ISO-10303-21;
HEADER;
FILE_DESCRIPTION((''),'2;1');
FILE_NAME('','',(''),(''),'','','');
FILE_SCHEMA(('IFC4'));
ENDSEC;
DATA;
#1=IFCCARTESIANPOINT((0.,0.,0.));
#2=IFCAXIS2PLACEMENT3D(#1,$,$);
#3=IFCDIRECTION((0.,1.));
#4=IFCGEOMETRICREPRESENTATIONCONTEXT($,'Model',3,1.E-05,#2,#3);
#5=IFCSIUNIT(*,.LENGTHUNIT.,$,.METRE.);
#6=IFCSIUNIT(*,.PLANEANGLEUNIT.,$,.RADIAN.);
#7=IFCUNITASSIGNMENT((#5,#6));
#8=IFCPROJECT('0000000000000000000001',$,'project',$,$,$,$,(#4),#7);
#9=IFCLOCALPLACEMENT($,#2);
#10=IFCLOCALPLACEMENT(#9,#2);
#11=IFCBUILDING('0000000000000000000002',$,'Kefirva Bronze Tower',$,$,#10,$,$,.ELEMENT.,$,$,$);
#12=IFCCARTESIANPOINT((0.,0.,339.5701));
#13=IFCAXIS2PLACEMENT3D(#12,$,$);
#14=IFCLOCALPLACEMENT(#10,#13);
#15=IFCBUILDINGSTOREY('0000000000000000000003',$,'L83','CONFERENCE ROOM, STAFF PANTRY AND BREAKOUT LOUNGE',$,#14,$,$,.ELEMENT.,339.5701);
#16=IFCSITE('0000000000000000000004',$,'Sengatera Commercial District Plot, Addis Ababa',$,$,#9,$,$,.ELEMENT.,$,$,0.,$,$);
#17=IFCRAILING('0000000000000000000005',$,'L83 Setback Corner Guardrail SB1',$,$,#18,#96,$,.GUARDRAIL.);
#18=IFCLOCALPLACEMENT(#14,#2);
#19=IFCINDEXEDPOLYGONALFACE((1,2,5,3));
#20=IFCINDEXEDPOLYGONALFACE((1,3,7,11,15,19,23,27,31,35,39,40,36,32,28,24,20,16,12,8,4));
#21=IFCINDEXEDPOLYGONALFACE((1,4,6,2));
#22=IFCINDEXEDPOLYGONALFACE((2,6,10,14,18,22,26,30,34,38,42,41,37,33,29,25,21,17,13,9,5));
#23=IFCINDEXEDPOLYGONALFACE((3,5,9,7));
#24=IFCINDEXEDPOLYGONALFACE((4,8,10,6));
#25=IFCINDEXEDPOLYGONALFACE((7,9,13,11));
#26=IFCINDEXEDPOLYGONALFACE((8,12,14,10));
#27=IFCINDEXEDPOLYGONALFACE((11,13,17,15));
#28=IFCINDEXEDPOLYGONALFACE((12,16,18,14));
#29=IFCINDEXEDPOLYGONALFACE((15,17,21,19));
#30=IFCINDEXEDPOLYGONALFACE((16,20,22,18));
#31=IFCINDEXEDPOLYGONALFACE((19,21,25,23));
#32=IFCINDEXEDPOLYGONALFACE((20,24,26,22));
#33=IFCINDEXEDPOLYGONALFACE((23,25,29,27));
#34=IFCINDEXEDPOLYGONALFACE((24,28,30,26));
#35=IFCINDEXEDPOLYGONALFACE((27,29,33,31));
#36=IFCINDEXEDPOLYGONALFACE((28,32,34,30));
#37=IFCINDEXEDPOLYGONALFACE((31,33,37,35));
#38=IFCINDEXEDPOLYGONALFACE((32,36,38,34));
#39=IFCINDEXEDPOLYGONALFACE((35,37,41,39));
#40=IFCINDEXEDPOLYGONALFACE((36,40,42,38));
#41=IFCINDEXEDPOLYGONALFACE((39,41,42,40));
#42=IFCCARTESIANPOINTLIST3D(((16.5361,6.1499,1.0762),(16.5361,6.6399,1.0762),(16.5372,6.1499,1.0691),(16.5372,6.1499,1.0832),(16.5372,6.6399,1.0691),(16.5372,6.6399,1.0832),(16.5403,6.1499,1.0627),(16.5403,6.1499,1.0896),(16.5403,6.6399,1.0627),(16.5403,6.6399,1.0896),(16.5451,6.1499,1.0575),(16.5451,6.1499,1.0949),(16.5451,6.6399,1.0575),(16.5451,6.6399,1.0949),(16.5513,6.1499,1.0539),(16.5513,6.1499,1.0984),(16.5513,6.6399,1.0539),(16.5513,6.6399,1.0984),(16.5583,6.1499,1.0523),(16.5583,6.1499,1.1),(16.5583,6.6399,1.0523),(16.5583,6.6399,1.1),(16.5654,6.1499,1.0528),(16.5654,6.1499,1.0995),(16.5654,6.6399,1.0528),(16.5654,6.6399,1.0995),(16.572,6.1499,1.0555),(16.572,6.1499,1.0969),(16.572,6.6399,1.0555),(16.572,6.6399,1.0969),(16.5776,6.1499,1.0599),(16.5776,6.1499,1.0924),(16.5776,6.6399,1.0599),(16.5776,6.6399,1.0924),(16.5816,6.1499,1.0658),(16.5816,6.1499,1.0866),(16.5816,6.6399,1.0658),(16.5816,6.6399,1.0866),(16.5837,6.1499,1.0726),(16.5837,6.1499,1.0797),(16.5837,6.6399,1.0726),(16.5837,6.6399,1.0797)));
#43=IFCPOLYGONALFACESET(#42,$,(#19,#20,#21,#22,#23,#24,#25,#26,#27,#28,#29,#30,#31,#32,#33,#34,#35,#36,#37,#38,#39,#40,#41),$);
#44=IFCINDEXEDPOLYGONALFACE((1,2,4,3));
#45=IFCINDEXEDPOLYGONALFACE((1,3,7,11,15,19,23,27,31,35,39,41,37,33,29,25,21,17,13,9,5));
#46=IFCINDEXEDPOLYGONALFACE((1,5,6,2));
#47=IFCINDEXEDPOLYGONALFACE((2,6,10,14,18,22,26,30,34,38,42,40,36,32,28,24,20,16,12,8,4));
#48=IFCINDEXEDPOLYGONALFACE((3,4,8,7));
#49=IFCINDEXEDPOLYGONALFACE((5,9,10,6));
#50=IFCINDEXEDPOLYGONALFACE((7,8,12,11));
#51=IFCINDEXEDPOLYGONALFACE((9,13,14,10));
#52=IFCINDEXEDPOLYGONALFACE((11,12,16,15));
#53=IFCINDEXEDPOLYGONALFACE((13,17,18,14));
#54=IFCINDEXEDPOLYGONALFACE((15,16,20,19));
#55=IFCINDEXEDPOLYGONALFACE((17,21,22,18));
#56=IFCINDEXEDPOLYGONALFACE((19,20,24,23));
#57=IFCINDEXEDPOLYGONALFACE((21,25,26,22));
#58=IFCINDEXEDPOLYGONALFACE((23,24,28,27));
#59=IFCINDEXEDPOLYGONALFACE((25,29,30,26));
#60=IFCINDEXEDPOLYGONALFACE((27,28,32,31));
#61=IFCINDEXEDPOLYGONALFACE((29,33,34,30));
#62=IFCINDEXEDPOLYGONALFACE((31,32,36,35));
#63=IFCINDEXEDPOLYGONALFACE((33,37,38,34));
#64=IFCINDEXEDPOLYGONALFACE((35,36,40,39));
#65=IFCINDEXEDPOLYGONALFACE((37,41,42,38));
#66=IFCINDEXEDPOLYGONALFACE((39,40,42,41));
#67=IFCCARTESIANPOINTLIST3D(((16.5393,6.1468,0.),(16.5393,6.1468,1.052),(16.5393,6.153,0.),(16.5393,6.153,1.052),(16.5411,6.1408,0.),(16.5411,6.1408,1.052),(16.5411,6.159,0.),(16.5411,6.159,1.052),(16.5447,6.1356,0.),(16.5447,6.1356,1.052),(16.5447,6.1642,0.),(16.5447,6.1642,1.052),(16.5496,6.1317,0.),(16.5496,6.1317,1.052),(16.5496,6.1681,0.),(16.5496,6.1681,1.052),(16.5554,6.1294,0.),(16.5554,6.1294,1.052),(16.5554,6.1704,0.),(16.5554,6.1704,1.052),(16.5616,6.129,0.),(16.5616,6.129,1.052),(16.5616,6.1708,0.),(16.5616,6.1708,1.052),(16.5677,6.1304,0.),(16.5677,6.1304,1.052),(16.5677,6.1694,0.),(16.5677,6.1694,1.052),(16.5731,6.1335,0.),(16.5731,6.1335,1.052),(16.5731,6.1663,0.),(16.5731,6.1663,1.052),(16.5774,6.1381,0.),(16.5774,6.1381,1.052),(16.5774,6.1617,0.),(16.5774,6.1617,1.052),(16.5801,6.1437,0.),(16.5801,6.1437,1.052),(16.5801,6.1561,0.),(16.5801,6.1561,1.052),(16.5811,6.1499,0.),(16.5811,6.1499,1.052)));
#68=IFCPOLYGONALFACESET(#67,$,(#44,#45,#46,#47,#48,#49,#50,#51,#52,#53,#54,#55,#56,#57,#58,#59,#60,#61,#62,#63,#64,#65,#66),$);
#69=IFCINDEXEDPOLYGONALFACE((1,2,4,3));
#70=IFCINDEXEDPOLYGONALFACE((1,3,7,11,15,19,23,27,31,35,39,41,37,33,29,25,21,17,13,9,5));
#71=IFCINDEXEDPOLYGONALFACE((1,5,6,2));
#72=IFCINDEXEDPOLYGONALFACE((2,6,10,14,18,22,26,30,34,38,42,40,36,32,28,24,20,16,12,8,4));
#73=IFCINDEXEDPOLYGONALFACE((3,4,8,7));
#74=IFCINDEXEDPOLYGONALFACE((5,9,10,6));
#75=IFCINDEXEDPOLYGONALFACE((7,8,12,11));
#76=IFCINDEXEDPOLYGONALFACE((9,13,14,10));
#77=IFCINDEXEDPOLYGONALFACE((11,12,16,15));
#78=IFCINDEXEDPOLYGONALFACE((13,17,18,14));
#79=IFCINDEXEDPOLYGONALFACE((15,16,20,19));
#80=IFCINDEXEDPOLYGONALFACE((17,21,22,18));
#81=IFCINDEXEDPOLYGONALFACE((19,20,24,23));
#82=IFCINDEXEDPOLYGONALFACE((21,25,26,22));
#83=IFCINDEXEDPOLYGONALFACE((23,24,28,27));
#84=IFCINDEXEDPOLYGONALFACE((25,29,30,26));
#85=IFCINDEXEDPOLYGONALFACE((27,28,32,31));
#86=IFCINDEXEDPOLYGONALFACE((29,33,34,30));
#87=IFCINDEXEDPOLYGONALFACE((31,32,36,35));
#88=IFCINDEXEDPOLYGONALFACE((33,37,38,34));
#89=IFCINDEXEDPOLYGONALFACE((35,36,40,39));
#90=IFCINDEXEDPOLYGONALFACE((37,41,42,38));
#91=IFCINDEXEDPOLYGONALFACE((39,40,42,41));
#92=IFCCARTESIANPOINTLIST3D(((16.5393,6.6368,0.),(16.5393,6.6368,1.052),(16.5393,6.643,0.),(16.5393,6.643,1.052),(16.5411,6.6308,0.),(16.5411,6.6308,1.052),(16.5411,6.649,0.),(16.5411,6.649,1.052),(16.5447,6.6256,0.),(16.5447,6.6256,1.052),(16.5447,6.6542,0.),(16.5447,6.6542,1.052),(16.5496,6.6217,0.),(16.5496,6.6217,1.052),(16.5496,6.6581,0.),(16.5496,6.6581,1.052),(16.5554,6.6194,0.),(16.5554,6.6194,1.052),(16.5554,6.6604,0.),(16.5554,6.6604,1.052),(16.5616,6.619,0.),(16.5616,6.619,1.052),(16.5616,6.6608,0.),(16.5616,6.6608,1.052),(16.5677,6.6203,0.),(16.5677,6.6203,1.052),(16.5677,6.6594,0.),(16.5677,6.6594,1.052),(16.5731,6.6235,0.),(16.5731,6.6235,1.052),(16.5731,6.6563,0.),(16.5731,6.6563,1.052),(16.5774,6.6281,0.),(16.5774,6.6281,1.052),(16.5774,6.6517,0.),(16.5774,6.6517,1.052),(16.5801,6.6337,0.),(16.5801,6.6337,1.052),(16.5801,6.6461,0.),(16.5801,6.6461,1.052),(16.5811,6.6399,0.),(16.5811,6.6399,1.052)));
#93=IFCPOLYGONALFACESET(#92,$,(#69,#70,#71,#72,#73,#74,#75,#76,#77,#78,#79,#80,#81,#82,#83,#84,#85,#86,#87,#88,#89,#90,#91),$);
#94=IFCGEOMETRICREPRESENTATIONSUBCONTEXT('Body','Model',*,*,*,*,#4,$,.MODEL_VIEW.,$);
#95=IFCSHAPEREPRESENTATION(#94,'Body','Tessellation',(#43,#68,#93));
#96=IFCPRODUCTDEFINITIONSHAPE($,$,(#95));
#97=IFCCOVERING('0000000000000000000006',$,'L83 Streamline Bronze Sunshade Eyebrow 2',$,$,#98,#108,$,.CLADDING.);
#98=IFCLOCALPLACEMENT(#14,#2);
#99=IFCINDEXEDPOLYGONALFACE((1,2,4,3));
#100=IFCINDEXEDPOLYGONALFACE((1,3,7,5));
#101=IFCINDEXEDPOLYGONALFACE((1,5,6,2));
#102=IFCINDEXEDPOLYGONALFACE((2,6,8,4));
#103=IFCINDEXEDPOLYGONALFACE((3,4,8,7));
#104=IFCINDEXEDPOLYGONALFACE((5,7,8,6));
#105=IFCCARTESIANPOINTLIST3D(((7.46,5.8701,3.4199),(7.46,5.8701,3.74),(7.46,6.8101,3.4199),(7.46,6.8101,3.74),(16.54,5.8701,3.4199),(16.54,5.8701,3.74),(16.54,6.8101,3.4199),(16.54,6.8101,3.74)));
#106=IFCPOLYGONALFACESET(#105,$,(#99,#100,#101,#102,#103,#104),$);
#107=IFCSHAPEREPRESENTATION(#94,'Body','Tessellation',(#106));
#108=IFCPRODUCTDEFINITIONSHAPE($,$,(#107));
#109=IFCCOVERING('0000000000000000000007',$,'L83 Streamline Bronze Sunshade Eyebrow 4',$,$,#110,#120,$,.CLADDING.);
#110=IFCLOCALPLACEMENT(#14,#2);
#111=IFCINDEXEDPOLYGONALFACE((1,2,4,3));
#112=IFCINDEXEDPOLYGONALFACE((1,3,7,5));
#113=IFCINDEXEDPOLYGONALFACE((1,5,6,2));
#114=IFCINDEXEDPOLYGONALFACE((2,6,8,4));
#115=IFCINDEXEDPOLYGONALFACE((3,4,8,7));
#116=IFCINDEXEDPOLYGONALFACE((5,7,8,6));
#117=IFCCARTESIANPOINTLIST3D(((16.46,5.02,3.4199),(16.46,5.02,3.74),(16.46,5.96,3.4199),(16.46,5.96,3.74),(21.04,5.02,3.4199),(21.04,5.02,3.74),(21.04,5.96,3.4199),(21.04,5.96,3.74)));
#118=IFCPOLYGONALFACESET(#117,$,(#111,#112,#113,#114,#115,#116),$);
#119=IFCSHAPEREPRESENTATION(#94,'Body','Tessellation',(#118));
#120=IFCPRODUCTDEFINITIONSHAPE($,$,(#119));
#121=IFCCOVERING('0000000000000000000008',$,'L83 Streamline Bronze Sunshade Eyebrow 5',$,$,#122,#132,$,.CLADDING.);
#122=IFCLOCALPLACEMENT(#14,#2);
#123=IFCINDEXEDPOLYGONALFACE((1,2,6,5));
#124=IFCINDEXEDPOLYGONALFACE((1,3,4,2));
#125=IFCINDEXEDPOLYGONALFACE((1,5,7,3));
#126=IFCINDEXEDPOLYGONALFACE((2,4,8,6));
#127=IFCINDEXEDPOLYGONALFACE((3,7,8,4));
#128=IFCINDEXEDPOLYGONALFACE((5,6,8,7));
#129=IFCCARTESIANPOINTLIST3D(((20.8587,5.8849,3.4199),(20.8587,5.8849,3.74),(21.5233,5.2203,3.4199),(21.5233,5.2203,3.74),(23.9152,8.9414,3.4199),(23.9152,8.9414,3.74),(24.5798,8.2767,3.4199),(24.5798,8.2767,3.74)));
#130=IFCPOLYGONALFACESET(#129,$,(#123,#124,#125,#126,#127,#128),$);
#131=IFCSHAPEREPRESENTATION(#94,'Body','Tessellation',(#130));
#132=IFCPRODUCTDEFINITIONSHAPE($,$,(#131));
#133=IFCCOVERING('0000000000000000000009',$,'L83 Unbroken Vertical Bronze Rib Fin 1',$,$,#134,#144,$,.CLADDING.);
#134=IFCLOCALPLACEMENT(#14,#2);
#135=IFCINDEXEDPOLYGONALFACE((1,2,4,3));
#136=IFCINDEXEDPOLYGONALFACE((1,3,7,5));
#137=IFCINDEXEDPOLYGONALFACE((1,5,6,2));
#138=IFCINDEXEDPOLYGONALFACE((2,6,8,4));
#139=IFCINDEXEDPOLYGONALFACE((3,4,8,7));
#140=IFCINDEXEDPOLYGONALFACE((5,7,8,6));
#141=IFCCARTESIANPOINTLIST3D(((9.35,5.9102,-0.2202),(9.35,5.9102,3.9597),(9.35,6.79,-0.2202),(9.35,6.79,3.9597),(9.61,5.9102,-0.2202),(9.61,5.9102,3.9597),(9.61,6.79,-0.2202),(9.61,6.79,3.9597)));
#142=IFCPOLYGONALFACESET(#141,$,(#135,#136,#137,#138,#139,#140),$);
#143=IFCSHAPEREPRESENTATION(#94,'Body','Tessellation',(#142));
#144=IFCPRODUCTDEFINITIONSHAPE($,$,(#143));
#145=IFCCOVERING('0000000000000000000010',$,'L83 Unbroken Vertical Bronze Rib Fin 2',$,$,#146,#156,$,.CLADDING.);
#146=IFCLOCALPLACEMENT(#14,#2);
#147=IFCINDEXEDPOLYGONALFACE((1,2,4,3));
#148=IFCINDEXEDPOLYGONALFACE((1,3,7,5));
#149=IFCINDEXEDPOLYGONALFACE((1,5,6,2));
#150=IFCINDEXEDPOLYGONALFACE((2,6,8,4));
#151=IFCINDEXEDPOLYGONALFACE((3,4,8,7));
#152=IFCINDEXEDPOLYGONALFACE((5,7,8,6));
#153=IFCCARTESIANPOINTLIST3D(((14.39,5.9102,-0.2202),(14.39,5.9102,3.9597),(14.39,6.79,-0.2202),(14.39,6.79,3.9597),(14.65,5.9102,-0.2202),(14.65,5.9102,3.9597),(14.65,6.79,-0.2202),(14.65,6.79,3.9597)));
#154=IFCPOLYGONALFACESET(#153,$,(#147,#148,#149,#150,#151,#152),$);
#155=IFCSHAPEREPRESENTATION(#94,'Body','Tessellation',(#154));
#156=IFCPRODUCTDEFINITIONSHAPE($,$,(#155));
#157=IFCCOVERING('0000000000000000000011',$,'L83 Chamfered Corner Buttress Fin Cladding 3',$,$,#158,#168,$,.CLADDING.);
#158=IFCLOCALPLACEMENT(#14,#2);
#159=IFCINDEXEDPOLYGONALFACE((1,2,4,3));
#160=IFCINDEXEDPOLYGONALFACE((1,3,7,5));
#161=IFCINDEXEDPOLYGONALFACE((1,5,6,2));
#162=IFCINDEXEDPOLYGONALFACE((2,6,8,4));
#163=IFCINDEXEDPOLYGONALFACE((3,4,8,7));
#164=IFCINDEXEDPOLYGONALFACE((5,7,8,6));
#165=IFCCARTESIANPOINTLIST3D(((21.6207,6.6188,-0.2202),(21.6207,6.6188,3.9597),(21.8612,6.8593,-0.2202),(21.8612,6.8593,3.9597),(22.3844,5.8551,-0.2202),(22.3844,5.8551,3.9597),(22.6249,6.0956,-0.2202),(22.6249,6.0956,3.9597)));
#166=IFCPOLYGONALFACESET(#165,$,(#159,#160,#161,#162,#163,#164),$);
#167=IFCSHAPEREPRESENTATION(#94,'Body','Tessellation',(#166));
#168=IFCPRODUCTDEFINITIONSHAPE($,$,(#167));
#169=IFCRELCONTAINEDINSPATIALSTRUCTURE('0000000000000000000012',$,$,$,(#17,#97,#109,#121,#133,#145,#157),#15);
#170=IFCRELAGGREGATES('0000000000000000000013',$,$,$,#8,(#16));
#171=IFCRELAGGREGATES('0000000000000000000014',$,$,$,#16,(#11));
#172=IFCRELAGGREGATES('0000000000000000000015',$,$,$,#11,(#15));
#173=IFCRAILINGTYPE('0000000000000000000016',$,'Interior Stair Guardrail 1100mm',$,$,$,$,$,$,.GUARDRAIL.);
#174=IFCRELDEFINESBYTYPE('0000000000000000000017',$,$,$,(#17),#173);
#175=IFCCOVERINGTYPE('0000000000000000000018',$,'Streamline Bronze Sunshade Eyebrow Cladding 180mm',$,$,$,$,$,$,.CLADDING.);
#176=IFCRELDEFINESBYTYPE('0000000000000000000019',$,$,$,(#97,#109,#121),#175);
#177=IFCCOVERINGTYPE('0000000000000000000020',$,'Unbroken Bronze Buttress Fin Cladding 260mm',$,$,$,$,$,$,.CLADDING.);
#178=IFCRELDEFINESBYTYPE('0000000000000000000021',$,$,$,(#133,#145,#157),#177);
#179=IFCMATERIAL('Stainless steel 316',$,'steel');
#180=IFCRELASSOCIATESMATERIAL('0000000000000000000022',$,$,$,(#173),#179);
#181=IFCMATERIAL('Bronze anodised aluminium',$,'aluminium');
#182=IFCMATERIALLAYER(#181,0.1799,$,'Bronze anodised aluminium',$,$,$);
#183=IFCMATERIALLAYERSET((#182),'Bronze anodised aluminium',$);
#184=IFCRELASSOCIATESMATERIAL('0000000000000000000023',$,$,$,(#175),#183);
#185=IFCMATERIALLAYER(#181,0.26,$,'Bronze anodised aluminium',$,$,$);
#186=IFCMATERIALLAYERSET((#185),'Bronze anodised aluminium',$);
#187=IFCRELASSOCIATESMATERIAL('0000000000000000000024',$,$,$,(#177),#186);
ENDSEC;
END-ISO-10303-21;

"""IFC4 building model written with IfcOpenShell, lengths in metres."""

from ifc_helpers import new_model, si_unit, direction, frame, origin, origin_2d, place, context, subcontext, project, spatial, rectangle, circle, extrude, material, layer, layer_set, type_object, element, save


model = new_model("IFC4")

# Units and contexts
model_context = context("Model", 3, precision=1e-05, world=origin(), true_north=direction((0.0, 1.0)))
body_context = subcontext(model_context, "Body", "Model", "MODEL_VIEW")
ifc_project = project(units=[si_unit("LENGTHUNIT", "METRE"), si_unit("PLANEANGLEUNIT", "RADIAN")], contexts=[model_context])

# Site, building, storey
site_placement = place(None, origin())
site = spatial("IfcSite", under=ifc_project, at=site_placement, Name="Sengatera Commercial District Plot, Addis Ababa", CompositionType="ELEMENT", RefElevation=0.0)
building_placement = place(site_placement, origin())
building = spatial("IfcBuilding", under=site, at=building_placement, Name="Kefirva Bronze Tower", CompositionType="ELEMENT")
storey_placement = place(building_placement, frame((0.0, 0.0, 339.5701)))
storey = spatial("IfcBuildingStorey", under=building, at=storey_placement, Name="L83", Description="CONFERENCE ROOM, STAFF PANTRY AND BREAKOUT LOUNGE", CompositionType="ELEMENT", Elevation=339.5701)

# Shared definitions
ifc_material_1 = material(Name="Bronze anodised aluminium", Category="aluminium")

# Railing
ifc_material_2 = material(Name="Stainless steel 316", Category="steel")
railing_type = type_object("IfcRailingType", Name="Interior Stair Guardrail 1100mm", PredefinedType="GUARDRAIL", material=ifc_material_2)
railing_placement = place(storey_placement, frame((16.5601, 6.1499, 0.0)))
element("IfcRailing", 1, at=railing_placement, inside=storey, type_object=railing_type, Name="L83 Setback Corner Guardrail SB1", PredefinedType="GUARDRAIL", context=body_context, shape_type="SweptSolid", body=[
    extrude(circle(Radius=0.0239, at=origin_2d()), frame((0.0, 0.0, 1.0762), z_axis=(0.0, 1.0, 0.0), x_axis=(-1.0, 0.0, 0.0)), (0.0, 0.0, 1.0), 0.49),
    extrude(circle(Radius=0.021, at=origin_2d()), origin(), (0.0, 0.0, 1.0), 1.052),
    extrude(circle(Radius=0.021, at=origin_2d()), frame((0.0, 0.49, 0.0)), (0.0, 0.0, 1.0), 1.052),
])

# Coverings
ifc_layer_1 = layer(ifc_material_1, 0.1799, Name="Bronze anodised aluminium")
ifc_layer_set_1 = layer_set([ifc_layer_1], Name="Bronze anodised aluminium")
covering_type_1 = type_object("IfcCoveringType", Name="Streamline Bronze Sunshade Eyebrow Cladding 180mm", PredefinedType="CLADDING", material=ifc_layer_set_1)
covering_1_placement = place(storey_placement, frame((12.0, 6.3401, 3.4199), z_axis=(0.0, 0.0, 1.0), x_axis=(1.0, 0.0, 0.0)))
element("IfcCovering", 2, at=covering_1_placement, inside=storey, type_object=covering_type_1, Name="L83 Streamline Bronze Sunshade Eyebrow 2", PredefinedType="CLADDING", context=body_context, shape_type="SweptSolid", body=[
    extrude(rectangle(XDim=9.0801, YDim=0.9399, at=origin_2d()), origin(), (0.0, 0.0, 1.0), 0.3201),
])
covering_2_placement = place(storey_placement, frame((18.75, 5.49, 3.4199), z_axis=(0.0, 0.0, 1.0), x_axis=(1.0, 0.0, 0.0)))
element("IfcCovering", 3, at=covering_2_placement, inside=storey, type_object=covering_type_1, Name="L83 Streamline Bronze Sunshade Eyebrow 4", PredefinedType="CLADDING", context=body_context, shape_type="SweptSolid", body=[
    extrude(rectangle(XDim=4.5801, YDim=0.9399, at=origin_2d()), origin(), (0.0, 0.0, 1.0), 0.3201),
])
covering_3_placement = place(storey_placement, frame((22.7192, 7.0808, 3.4199), z_axis=(0.0, 0.0, 1.0), x_axis=(0.707107, 0.707107, 0.0)))
element("IfcCovering", 4, at=covering_3_placement, inside=storey, type_object=covering_type_1, Name="L83 Streamline Bronze Sunshade Eyebrow 5", PredefinedType="CLADDING", context=body_context, shape_type="SweptSolid", body=[
    extrude(rectangle(XDim=4.3225, YDim=0.9399, at=origin_2d()), origin(), (0.0, 0.0, 1.0), 0.3201),
])
ifc_layer_2 = layer(ifc_material_1, 0.26, Name="Bronze anodised aluminium")
ifc_layer_set_2 = layer_set([ifc_layer_2], Name="Bronze anodised aluminium")
covering_type_2 = type_object("IfcCoveringType", Name="Unbroken Bronze Buttress Fin Cladding 260mm", PredefinedType="CLADDING", material=ifc_layer_set_2)
for number, where, z_axis, x_axis, name in (
    (5, (9.48, 6.3501, -0.2202), (0.0, 0.0, 1.0), (1.0, 0.0, 0.0), "L83 Unbroken Vertical Bronze Rib Fin 1"),
    (6, (14.52, 6.3501, -0.2202), (0.0, 0.0, 1.0), (1.0, 0.0, 0.0), "L83 Unbroken Vertical Bronze Rib Fin 2"),
):
    element("IfcCovering", number, at=place(storey_placement, frame(where, z_axis=z_axis, x_axis=x_axis)), inside=storey, type_object=covering_type_2, Name=name, PredefinedType="CLADDING", context=body_context, shape_type="SweptSolid", body=[
        extrude(rectangle(XDim=0.26, YDim=0.8799, at=origin_2d()), origin(), (0.0, 0.0, 1.0), 4.1799),
    ])
covering_4_placement = place(storey_placement, frame((22.1228, 6.3572, -0.2202), z_axis=(0.0, 0.0, 1.0), x_axis=(0.707107, 0.707107, 0.0)))
element("IfcCovering", 7, at=covering_4_placement, inside=storey, type_object=covering_type_2, Name="L83 Chamfered Corner Buttress Fin Cladding 3", PredefinedType="CLADDING", context=body_context, shape_type="SweptSolid", body=[
    extrude(rectangle(XDim=0.3401, YDim=1.0801, at=origin_2d()), origin(), (0.0, 0.0, 1.0), 4.1799),
])

save(model, "model.ifc")
